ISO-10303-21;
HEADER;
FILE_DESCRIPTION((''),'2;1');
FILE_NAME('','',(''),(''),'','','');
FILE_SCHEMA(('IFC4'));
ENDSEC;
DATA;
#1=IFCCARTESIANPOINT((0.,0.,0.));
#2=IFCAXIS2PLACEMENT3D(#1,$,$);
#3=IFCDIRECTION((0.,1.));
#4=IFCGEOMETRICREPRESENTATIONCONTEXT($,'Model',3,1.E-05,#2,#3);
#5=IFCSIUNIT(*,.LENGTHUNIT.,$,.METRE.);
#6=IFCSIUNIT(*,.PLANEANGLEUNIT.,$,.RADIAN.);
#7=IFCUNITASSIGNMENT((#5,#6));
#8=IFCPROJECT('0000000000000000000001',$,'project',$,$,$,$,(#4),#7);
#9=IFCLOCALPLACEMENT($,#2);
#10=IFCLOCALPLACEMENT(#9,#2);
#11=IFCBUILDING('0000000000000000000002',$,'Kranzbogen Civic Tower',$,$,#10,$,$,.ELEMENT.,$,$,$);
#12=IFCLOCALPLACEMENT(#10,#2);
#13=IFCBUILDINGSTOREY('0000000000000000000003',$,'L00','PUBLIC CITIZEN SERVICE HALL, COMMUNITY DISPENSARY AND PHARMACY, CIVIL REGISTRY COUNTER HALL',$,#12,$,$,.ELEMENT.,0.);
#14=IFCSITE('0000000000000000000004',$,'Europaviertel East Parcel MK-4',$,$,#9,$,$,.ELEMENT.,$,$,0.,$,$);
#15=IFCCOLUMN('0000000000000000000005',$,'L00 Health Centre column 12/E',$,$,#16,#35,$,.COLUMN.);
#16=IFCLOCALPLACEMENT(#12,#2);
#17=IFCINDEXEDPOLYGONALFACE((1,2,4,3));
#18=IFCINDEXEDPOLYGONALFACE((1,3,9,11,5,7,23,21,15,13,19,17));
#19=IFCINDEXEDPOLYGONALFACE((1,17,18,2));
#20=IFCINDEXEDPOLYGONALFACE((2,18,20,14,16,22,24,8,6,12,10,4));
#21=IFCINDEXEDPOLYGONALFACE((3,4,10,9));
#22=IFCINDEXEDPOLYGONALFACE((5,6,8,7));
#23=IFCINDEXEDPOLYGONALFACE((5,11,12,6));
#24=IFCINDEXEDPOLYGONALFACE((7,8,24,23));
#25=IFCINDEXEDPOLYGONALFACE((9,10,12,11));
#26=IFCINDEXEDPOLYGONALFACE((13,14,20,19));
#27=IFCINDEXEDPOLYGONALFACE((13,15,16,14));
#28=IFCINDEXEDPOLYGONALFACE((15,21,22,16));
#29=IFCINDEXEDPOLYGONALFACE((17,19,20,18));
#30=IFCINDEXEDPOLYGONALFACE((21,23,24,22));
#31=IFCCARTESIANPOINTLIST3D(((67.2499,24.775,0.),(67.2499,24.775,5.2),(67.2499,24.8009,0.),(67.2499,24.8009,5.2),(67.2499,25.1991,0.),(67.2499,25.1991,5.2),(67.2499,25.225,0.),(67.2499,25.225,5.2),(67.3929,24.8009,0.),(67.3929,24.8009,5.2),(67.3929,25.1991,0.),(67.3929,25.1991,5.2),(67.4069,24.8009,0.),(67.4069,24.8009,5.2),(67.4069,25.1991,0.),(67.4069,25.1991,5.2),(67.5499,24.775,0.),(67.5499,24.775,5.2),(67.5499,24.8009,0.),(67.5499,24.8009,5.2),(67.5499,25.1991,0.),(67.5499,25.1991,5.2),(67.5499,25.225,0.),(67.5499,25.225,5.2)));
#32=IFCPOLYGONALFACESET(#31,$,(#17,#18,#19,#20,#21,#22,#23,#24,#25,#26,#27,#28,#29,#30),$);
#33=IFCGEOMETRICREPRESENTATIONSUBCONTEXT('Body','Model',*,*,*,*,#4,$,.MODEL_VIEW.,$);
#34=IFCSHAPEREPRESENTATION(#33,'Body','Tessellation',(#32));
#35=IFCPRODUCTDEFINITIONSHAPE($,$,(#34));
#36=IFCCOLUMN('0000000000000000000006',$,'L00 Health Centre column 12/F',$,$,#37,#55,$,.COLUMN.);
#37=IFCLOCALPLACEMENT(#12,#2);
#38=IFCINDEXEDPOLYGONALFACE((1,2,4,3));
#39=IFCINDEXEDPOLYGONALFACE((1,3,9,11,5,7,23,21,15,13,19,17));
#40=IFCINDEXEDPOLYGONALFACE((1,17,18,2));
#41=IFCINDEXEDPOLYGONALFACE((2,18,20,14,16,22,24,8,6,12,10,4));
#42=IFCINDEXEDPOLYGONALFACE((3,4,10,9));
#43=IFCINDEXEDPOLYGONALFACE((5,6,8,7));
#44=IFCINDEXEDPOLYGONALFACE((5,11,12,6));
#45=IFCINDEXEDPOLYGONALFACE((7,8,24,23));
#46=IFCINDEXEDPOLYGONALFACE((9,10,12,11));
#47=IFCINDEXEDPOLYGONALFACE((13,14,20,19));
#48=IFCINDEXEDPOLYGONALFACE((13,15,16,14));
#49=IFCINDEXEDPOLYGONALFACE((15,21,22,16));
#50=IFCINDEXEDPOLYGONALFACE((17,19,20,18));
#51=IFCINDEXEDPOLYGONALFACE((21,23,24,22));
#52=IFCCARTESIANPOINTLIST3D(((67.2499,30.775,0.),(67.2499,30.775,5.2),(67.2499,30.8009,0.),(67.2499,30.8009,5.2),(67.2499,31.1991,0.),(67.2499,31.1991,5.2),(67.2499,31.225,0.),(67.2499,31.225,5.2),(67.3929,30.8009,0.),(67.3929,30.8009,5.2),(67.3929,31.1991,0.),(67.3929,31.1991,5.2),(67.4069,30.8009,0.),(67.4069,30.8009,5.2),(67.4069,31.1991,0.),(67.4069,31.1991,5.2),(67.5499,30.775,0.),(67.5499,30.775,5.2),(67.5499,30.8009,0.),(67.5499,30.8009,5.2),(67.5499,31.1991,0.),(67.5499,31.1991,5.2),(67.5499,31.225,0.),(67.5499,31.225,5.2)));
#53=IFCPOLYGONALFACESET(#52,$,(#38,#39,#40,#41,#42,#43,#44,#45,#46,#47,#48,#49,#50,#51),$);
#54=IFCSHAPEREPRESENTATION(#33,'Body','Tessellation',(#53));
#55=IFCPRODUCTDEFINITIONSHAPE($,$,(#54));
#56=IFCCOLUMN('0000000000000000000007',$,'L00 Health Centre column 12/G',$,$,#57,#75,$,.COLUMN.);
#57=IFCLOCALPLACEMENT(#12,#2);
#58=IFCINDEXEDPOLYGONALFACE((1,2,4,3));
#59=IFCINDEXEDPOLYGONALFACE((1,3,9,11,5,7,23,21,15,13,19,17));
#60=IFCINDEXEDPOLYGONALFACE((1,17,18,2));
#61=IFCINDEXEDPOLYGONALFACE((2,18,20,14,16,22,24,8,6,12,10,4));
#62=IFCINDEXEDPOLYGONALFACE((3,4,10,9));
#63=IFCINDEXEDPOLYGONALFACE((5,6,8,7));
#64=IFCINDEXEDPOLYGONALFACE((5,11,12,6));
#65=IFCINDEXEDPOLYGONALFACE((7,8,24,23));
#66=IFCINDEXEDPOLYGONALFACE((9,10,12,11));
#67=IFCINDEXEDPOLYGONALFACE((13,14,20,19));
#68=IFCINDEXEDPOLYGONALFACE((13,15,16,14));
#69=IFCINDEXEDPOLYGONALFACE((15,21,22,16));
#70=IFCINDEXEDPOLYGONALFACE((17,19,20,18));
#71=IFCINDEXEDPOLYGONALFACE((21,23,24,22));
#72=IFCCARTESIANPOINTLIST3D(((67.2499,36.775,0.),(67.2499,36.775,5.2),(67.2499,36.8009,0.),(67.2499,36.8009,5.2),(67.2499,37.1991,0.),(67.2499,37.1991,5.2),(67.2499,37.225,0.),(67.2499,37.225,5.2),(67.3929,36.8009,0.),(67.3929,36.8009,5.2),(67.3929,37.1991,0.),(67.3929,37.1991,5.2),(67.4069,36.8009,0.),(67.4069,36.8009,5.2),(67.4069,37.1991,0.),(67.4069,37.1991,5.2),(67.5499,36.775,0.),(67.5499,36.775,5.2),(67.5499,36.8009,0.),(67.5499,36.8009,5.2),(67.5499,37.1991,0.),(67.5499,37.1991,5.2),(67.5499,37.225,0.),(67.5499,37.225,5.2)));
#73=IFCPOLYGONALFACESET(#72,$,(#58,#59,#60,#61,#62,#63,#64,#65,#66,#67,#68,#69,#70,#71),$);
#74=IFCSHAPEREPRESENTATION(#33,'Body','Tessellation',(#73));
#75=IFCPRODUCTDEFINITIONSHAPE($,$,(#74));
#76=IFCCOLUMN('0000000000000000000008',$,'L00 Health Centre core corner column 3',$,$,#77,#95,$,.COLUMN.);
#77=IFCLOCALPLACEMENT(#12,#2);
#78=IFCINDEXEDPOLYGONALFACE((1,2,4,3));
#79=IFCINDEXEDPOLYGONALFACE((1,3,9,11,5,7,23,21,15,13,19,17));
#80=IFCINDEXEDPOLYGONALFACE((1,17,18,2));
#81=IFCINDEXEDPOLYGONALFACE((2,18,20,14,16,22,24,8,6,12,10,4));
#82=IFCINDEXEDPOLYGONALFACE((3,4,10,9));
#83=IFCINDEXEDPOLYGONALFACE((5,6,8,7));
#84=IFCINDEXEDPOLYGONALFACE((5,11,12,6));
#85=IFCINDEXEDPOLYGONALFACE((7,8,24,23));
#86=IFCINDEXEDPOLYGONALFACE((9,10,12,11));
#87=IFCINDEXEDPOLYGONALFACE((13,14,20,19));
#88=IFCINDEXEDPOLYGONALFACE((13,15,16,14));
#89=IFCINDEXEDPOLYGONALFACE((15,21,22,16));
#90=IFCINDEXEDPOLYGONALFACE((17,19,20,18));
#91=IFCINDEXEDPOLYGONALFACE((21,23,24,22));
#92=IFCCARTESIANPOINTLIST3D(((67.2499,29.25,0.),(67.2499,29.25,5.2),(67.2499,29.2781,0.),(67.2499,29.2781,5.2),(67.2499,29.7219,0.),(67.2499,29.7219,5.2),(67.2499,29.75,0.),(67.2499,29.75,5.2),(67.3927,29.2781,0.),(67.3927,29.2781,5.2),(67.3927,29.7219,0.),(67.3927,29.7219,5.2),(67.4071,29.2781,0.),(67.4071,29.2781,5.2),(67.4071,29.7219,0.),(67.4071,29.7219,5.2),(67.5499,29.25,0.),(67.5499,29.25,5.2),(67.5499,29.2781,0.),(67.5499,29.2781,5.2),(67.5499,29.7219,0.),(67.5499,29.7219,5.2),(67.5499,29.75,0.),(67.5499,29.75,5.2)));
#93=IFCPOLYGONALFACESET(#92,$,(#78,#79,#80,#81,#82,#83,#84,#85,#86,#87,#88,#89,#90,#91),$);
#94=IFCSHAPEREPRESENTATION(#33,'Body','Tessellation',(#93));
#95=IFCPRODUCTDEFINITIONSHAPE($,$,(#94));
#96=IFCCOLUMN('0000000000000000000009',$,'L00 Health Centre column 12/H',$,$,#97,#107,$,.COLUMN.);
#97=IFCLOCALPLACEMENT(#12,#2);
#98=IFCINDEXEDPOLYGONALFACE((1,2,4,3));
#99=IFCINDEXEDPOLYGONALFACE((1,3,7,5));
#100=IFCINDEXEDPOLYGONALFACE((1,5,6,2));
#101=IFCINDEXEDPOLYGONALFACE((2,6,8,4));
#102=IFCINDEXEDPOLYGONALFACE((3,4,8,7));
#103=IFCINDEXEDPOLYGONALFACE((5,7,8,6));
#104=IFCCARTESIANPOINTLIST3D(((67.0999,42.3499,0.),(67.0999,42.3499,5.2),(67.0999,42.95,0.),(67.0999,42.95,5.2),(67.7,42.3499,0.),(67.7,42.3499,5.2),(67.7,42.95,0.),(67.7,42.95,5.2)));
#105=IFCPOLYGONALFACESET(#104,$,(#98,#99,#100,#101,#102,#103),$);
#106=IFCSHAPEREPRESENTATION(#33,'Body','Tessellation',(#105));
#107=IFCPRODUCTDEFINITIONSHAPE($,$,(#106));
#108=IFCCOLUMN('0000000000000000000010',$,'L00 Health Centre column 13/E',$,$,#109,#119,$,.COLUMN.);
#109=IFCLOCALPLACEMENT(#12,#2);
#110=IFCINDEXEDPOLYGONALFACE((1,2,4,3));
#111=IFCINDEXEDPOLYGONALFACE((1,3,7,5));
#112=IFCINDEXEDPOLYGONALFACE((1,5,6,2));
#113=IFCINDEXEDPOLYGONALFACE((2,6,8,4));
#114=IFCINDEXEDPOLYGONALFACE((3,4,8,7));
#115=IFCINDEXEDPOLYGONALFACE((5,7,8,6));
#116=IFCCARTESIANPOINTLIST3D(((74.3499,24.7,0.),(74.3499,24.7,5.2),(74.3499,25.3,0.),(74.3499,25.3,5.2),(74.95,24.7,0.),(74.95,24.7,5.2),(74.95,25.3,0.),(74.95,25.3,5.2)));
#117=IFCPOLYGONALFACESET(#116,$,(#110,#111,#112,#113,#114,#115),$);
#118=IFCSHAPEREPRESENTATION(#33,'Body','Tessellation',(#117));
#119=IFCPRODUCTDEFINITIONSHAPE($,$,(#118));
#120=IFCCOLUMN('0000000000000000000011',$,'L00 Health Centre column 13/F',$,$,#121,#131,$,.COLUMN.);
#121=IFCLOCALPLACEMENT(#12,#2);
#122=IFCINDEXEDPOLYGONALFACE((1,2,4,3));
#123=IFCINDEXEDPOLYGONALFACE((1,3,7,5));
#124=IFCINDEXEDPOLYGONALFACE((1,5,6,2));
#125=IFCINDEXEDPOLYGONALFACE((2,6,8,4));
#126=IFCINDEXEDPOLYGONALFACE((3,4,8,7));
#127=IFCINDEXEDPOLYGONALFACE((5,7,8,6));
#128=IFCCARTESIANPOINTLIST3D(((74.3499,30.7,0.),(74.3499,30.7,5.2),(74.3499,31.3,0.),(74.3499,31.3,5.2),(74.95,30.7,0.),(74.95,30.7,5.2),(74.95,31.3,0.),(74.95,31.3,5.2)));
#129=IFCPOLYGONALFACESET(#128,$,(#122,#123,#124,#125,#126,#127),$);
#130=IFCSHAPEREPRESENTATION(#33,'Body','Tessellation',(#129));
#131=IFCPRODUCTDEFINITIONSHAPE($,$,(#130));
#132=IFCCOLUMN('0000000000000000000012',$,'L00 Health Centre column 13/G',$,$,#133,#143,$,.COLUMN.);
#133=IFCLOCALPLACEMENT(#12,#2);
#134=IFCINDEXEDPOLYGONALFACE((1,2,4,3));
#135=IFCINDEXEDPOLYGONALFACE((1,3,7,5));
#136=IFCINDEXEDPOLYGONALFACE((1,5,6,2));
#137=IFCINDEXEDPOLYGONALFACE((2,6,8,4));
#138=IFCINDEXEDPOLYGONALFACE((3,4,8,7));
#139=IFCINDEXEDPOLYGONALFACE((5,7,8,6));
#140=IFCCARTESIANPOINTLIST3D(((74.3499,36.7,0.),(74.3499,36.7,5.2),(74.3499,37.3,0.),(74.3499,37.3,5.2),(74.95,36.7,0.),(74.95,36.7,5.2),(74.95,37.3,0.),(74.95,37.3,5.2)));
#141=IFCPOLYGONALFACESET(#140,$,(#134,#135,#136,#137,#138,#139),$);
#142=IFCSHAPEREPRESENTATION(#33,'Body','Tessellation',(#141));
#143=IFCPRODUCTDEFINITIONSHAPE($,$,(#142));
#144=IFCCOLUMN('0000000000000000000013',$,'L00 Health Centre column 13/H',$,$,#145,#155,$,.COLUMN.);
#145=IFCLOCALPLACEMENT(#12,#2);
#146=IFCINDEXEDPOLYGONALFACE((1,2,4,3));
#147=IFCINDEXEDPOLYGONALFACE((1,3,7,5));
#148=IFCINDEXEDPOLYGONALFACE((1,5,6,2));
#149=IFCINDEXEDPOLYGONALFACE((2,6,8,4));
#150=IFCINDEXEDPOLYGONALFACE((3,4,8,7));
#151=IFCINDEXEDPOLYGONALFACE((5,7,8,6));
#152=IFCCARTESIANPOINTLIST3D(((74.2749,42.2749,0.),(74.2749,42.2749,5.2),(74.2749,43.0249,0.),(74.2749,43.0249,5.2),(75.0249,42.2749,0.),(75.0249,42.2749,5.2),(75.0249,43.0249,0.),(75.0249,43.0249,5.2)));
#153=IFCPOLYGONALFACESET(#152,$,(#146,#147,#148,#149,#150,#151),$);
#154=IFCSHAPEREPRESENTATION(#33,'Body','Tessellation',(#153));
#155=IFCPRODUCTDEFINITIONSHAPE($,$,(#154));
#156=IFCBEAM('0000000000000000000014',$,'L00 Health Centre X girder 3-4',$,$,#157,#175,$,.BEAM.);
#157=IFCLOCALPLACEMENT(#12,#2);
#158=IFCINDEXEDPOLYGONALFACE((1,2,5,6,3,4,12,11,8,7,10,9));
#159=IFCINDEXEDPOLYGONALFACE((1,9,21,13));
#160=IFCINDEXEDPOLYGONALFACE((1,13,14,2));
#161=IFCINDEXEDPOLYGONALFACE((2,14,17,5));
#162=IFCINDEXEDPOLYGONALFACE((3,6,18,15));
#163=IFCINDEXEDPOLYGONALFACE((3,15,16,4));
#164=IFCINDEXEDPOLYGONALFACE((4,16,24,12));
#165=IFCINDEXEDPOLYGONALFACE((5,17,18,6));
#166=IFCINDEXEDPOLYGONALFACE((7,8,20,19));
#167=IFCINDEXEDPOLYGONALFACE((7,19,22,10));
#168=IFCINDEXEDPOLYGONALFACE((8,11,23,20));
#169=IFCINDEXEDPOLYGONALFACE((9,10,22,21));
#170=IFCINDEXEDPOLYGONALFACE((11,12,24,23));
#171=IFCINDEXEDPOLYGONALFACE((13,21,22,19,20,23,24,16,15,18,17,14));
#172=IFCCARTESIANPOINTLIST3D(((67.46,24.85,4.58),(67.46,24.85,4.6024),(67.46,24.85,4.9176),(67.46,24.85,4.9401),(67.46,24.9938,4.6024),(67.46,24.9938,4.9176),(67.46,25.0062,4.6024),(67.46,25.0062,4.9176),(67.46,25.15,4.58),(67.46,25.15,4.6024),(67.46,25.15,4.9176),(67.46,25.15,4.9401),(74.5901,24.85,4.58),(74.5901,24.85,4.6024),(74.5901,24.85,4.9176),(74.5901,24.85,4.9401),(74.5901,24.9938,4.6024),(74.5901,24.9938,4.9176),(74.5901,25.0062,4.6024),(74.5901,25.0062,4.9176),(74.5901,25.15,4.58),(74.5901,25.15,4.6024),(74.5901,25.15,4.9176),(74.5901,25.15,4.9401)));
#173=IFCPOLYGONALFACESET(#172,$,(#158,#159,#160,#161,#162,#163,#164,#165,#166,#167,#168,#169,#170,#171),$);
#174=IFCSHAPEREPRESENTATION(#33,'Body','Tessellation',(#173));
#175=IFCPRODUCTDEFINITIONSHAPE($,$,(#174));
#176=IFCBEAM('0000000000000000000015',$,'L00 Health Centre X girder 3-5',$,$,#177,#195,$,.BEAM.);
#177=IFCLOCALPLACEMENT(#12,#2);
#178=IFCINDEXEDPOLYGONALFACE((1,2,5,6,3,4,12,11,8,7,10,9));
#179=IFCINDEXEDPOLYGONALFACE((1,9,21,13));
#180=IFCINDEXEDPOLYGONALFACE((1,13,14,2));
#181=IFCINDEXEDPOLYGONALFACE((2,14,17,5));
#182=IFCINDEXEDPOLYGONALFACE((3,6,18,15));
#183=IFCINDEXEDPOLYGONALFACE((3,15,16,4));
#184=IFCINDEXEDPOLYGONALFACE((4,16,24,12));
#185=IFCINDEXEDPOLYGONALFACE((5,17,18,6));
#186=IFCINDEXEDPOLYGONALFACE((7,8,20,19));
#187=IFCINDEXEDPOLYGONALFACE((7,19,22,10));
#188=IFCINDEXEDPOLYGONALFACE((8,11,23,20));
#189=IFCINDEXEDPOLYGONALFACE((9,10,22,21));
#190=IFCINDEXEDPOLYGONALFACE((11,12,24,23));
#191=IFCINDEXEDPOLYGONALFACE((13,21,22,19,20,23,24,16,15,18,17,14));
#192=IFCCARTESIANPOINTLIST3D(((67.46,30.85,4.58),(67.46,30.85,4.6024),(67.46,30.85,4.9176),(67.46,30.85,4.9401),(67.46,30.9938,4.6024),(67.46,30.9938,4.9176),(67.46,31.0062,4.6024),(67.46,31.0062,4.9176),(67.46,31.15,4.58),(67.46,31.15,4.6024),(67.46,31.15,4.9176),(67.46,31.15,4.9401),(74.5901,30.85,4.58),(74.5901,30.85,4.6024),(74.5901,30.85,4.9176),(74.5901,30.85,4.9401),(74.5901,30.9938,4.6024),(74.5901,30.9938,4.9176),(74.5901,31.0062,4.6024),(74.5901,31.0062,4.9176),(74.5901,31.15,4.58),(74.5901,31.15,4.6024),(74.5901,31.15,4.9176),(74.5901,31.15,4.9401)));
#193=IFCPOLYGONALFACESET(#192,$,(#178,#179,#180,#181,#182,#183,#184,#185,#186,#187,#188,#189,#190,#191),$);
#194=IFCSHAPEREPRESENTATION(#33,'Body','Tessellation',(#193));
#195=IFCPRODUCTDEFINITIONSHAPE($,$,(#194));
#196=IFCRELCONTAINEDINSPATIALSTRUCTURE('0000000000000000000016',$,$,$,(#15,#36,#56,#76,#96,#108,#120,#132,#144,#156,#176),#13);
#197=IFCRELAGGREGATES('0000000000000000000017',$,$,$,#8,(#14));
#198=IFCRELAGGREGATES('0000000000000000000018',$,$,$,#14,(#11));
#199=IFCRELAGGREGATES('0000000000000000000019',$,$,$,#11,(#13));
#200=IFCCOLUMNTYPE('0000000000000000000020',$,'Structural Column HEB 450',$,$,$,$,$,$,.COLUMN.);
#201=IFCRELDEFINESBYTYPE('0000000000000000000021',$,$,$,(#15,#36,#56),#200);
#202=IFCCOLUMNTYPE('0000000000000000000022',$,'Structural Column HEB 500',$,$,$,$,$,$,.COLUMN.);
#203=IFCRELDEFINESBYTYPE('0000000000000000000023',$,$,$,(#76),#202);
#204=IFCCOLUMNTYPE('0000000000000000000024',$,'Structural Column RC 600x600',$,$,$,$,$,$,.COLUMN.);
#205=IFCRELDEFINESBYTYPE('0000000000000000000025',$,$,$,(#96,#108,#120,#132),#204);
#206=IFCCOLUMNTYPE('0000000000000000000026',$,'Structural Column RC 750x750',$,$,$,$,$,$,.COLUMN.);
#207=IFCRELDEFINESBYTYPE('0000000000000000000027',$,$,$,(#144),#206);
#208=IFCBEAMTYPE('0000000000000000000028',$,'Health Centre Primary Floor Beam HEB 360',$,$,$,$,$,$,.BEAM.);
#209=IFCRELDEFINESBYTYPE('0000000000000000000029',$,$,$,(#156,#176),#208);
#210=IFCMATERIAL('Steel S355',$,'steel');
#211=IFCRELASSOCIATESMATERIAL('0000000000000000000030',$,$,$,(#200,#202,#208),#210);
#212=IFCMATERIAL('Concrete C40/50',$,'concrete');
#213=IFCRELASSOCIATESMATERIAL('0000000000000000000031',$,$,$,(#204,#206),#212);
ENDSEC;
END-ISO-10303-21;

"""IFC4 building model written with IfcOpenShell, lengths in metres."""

from ifc_helpers import new_model, si_unit, direction, frame, origin, origin_2d, place, context, subcontext, project, spatial, rectangle, i_section, extrude, material, material_profile, profile_set, type_object, element, save


model = new_model("IFC4")

# Units and contexts
model_context = context("Model", 3, precision=1e-05, world=origin(), true_north=direction((0.0, 1.0)))
body_context = subcontext(model_context, "Body", "Model", "MODEL_VIEW")
ifc_project = project(units=[si_unit("LENGTHUNIT", "METRE"), si_unit("PLANEANGLEUNIT", "RADIAN")], contexts=[model_context])

# Site, building, storey
site_placement = place(None, origin())
site = spatial("IfcSite", under=ifc_project, at=site_placement, Name="Europaviertel East Parcel MK-4", CompositionType="ELEMENT", RefElevation=0.0)
building_placement = place(site_placement, origin())
building = spatial("IfcBuilding", under=site, at=building_placement, Name="Kranzbogen Civic Tower", CompositionType="ELEMENT")
storey_placement = place(building_placement, origin())
storey = spatial("IfcBuildingStorey", under=building, at=storey_placement, Name="L00", Description="PUBLIC CITIZEN SERVICE HALL, COMMUNITY DISPENSARY AND PHARMACY, CIVIL REGISTRY COUNTER HALL", CompositionType="ELEMENT", Elevation=0.0)

# Columns
ifc_material_1 = material(Name="Steel S355", Category="steel")
ifc_material_profile_1 = material_profile(ifc_material_1, i_section(OverallWidth=0.3, OverallDepth=0.45, WebThickness=0.0139, FlangeThickness=0.0259, at=origin_2d()), Name="HEB 450")
ifc_profile_set_1 = profile_set([ifc_material_profile_1], Name="Steel S355")
column_type_1 = type_object("IfcColumnType", Name="Structural Column HEB 450", PredefinedType="COLUMN", material=ifc_profile_set_1)
for number, where, z_axis, x_axis, name in (
    (1, (67.3999, 25.0, 0.0), (0.0, 0.0, 1.0), (1.0, 0.0, 0.0), "L00 Health Centre column 12/E"),
    (2, (67.3999, 31.0, 0.0), (0.0, 0.0, 1.0), (1.0, 0.0, 0.0), "L00 Health Centre column 12/F"),
    (3, (67.3999, 37.0, 0.0), (0.0, 0.0, 1.0), (1.0, 0.0, 0.0), "L00 Health Centre column 12/G"),
):
    element("IfcColumn", number, at=place(storey_placement, frame(where, z_axis=z_axis, x_axis=x_axis)), inside=storey, type_object=column_type_1, Name=name, PredefinedType="COLUMN", context=body_context, shape_type="SweptSolid", body=[
        extrude(i_section(OverallWidth=0.3, OverallDepth=0.45, WebThickness=0.0139, FlangeThickness=0.0259, at=origin_2d()), origin(), (0.0, 0.0, 1.0), 5.2),
    ])
ifc_material_profile_2 = material_profile(ifc_material_1, i_section(OverallWidth=0.3, OverallDepth=0.5, WebThickness=0.0144, FlangeThickness=0.0281, at=origin_2d()), Name="HEB 500")
ifc_profile_set_2 = profile_set([ifc_material_profile_2], Name="Steel S355")
column_type_2 = type_object("IfcColumnType", Name="Structural Column HEB 500", PredefinedType="COLUMN", material=ifc_profile_set_2)
column_1_placement = place(storey_placement, frame((67.3999, 29.5, 0.0), z_axis=(0.0, 0.0, 1.0), x_axis=(1.0, 0.0, 0.0)))
element("IfcColumn", 4, at=column_1_placement, inside=storey, type_object=column_type_2, Name="L00 Health Centre core corner column 3", PredefinedType="COLUMN", context=body_context, shape_type="SweptSolid", body=[
    extrude(i_section(OverallWidth=0.3, OverallDepth=0.5, WebThickness=0.0144, FlangeThickness=0.0281, at=origin_2d()), origin(), (0.0, 0.0, 1.0), 5.2),
])
ifc_material_2 = material(Name="Concrete C40/50", Category="concrete")
ifc_material_profile_3 = material_profile(ifc_material_2, rectangle(XDim=0.6001, YDim=0.6001, at=origin_2d()), Name="RC 600x600")
ifc_profile_set_3 = profile_set([ifc_material_profile_3], Name="Concrete C40/50")
column_type_3 = type_object("IfcColumnType", Name="Structural Column RC 600x600", PredefinedType="COLUMN", material=ifc_profile_set_3)
for number, where, z_axis, x_axis, name in (
    (5, (67.3999, 42.6499, 0.0), (0.0, 0.0, 1.0), (1.0, 0.0, 0.0), "L00 Health Centre column 12/H"),
    (6, (74.6499, 25.0, 0.0), (0.0, 0.0, 1.0), (1.0, 0.0, 0.0), "L00 Health Centre column 13/E"),
    (7, (74.6499, 31.0, 0.0), (0.0, 0.0, 1.0), (1.0, 0.0, 0.0), "L00 Health Centre column 13/F"),
    (8, (74.6499, 37.0, 0.0), (0.0, 0.0, 1.0), (1.0, 0.0, 0.0), "L00 Health Centre column 13/G"),
):
    element("IfcColumn", number, at=place(storey_placement, frame(where, z_axis=z_axis, x_axis=x_axis)), inside=storey, type_object=column_type_3, Name=name, PredefinedType="COLUMN", context=body_context, shape_type="SweptSolid", body=[
        extrude(rectangle(XDim=0.6001, YDim=0.6001, at=origin_2d()), origin(), (0.0, 0.0, 1.0), 5.2),
    ])
ifc_material_profile_4 = material_profile(ifc_material_2, rectangle(XDim=0.75, YDim=0.75, at=origin_2d()), Name="RC 750x750")
ifc_profile_set_4 = profile_set([ifc_material_profile_4], Name="Concrete C40/50")
column_type_4 = type_object("IfcColumnType", Name="Structural Column RC 750x750", PredefinedType="COLUMN", material=ifc_profile_set_4)
column_2_placement = place(storey_placement, frame((74.6499, 42.6499, 0.0), z_axis=(0.0, 0.0, 1.0), x_axis=(1.0, 0.0, 0.0)))
element("IfcColumn", 9, at=column_2_placement, inside=storey, type_object=column_type_4, Name="L00 Health Centre column 13/H", PredefinedType="COLUMN", context=body_context, shape_type="SweptSolid", body=[
    extrude(rectangle(XDim=0.75, YDim=0.75, at=origin_2d()), origin(), (0.0, 0.0, 1.0), 5.2),
])

# Beams
ifc_material_profile_5 = material_profile(ifc_material_1, i_section(OverallWidth=0.3, OverallDepth=0.3601, WebThickness=0.0125, FlangeThickness=0.0225, at=origin_2d()), Name="HEB 360")
ifc_profile_set_5 = profile_set([ifc_material_profile_5], Name="Steel S355")
beam_type_1 = type_object("IfcBeamType", Name="Health Centre Primary Floor Beam HEB 360", PredefinedType="BEAM", material=ifc_profile_set_5)
for number, where, z_axis, x_axis, name in (
    (10, (67.46, 25.0, 4.76), (1.0, 0.0, 0.0), (0.0, 1.0, 0.0), "L00 Health Centre X girder 3-4"),
    (11, (67.46, 31.0, 4.76), (1.0, 0.0, 0.0), (0.0, 1.0, 0.0), "L00 Health Centre X girder 3-5"),
):
    element("IfcBeam", number, at=place(storey_placement, frame(where, z_axis=z_axis, x_axis=x_axis)), inside=storey, type_object=beam_type_1, Name=name, PredefinedType="BEAM", context=body_context, shape_type="SweptSolid", body=[
        extrude(i_section(OverallWidth=0.3, OverallDepth=0.3601, WebThickness=0.0125, FlangeThickness=0.0225, at=origin_2d()), origin(), (0.0, 0.0, 1.0), 7.1301),
    ])

save(model, "model.ifc")
